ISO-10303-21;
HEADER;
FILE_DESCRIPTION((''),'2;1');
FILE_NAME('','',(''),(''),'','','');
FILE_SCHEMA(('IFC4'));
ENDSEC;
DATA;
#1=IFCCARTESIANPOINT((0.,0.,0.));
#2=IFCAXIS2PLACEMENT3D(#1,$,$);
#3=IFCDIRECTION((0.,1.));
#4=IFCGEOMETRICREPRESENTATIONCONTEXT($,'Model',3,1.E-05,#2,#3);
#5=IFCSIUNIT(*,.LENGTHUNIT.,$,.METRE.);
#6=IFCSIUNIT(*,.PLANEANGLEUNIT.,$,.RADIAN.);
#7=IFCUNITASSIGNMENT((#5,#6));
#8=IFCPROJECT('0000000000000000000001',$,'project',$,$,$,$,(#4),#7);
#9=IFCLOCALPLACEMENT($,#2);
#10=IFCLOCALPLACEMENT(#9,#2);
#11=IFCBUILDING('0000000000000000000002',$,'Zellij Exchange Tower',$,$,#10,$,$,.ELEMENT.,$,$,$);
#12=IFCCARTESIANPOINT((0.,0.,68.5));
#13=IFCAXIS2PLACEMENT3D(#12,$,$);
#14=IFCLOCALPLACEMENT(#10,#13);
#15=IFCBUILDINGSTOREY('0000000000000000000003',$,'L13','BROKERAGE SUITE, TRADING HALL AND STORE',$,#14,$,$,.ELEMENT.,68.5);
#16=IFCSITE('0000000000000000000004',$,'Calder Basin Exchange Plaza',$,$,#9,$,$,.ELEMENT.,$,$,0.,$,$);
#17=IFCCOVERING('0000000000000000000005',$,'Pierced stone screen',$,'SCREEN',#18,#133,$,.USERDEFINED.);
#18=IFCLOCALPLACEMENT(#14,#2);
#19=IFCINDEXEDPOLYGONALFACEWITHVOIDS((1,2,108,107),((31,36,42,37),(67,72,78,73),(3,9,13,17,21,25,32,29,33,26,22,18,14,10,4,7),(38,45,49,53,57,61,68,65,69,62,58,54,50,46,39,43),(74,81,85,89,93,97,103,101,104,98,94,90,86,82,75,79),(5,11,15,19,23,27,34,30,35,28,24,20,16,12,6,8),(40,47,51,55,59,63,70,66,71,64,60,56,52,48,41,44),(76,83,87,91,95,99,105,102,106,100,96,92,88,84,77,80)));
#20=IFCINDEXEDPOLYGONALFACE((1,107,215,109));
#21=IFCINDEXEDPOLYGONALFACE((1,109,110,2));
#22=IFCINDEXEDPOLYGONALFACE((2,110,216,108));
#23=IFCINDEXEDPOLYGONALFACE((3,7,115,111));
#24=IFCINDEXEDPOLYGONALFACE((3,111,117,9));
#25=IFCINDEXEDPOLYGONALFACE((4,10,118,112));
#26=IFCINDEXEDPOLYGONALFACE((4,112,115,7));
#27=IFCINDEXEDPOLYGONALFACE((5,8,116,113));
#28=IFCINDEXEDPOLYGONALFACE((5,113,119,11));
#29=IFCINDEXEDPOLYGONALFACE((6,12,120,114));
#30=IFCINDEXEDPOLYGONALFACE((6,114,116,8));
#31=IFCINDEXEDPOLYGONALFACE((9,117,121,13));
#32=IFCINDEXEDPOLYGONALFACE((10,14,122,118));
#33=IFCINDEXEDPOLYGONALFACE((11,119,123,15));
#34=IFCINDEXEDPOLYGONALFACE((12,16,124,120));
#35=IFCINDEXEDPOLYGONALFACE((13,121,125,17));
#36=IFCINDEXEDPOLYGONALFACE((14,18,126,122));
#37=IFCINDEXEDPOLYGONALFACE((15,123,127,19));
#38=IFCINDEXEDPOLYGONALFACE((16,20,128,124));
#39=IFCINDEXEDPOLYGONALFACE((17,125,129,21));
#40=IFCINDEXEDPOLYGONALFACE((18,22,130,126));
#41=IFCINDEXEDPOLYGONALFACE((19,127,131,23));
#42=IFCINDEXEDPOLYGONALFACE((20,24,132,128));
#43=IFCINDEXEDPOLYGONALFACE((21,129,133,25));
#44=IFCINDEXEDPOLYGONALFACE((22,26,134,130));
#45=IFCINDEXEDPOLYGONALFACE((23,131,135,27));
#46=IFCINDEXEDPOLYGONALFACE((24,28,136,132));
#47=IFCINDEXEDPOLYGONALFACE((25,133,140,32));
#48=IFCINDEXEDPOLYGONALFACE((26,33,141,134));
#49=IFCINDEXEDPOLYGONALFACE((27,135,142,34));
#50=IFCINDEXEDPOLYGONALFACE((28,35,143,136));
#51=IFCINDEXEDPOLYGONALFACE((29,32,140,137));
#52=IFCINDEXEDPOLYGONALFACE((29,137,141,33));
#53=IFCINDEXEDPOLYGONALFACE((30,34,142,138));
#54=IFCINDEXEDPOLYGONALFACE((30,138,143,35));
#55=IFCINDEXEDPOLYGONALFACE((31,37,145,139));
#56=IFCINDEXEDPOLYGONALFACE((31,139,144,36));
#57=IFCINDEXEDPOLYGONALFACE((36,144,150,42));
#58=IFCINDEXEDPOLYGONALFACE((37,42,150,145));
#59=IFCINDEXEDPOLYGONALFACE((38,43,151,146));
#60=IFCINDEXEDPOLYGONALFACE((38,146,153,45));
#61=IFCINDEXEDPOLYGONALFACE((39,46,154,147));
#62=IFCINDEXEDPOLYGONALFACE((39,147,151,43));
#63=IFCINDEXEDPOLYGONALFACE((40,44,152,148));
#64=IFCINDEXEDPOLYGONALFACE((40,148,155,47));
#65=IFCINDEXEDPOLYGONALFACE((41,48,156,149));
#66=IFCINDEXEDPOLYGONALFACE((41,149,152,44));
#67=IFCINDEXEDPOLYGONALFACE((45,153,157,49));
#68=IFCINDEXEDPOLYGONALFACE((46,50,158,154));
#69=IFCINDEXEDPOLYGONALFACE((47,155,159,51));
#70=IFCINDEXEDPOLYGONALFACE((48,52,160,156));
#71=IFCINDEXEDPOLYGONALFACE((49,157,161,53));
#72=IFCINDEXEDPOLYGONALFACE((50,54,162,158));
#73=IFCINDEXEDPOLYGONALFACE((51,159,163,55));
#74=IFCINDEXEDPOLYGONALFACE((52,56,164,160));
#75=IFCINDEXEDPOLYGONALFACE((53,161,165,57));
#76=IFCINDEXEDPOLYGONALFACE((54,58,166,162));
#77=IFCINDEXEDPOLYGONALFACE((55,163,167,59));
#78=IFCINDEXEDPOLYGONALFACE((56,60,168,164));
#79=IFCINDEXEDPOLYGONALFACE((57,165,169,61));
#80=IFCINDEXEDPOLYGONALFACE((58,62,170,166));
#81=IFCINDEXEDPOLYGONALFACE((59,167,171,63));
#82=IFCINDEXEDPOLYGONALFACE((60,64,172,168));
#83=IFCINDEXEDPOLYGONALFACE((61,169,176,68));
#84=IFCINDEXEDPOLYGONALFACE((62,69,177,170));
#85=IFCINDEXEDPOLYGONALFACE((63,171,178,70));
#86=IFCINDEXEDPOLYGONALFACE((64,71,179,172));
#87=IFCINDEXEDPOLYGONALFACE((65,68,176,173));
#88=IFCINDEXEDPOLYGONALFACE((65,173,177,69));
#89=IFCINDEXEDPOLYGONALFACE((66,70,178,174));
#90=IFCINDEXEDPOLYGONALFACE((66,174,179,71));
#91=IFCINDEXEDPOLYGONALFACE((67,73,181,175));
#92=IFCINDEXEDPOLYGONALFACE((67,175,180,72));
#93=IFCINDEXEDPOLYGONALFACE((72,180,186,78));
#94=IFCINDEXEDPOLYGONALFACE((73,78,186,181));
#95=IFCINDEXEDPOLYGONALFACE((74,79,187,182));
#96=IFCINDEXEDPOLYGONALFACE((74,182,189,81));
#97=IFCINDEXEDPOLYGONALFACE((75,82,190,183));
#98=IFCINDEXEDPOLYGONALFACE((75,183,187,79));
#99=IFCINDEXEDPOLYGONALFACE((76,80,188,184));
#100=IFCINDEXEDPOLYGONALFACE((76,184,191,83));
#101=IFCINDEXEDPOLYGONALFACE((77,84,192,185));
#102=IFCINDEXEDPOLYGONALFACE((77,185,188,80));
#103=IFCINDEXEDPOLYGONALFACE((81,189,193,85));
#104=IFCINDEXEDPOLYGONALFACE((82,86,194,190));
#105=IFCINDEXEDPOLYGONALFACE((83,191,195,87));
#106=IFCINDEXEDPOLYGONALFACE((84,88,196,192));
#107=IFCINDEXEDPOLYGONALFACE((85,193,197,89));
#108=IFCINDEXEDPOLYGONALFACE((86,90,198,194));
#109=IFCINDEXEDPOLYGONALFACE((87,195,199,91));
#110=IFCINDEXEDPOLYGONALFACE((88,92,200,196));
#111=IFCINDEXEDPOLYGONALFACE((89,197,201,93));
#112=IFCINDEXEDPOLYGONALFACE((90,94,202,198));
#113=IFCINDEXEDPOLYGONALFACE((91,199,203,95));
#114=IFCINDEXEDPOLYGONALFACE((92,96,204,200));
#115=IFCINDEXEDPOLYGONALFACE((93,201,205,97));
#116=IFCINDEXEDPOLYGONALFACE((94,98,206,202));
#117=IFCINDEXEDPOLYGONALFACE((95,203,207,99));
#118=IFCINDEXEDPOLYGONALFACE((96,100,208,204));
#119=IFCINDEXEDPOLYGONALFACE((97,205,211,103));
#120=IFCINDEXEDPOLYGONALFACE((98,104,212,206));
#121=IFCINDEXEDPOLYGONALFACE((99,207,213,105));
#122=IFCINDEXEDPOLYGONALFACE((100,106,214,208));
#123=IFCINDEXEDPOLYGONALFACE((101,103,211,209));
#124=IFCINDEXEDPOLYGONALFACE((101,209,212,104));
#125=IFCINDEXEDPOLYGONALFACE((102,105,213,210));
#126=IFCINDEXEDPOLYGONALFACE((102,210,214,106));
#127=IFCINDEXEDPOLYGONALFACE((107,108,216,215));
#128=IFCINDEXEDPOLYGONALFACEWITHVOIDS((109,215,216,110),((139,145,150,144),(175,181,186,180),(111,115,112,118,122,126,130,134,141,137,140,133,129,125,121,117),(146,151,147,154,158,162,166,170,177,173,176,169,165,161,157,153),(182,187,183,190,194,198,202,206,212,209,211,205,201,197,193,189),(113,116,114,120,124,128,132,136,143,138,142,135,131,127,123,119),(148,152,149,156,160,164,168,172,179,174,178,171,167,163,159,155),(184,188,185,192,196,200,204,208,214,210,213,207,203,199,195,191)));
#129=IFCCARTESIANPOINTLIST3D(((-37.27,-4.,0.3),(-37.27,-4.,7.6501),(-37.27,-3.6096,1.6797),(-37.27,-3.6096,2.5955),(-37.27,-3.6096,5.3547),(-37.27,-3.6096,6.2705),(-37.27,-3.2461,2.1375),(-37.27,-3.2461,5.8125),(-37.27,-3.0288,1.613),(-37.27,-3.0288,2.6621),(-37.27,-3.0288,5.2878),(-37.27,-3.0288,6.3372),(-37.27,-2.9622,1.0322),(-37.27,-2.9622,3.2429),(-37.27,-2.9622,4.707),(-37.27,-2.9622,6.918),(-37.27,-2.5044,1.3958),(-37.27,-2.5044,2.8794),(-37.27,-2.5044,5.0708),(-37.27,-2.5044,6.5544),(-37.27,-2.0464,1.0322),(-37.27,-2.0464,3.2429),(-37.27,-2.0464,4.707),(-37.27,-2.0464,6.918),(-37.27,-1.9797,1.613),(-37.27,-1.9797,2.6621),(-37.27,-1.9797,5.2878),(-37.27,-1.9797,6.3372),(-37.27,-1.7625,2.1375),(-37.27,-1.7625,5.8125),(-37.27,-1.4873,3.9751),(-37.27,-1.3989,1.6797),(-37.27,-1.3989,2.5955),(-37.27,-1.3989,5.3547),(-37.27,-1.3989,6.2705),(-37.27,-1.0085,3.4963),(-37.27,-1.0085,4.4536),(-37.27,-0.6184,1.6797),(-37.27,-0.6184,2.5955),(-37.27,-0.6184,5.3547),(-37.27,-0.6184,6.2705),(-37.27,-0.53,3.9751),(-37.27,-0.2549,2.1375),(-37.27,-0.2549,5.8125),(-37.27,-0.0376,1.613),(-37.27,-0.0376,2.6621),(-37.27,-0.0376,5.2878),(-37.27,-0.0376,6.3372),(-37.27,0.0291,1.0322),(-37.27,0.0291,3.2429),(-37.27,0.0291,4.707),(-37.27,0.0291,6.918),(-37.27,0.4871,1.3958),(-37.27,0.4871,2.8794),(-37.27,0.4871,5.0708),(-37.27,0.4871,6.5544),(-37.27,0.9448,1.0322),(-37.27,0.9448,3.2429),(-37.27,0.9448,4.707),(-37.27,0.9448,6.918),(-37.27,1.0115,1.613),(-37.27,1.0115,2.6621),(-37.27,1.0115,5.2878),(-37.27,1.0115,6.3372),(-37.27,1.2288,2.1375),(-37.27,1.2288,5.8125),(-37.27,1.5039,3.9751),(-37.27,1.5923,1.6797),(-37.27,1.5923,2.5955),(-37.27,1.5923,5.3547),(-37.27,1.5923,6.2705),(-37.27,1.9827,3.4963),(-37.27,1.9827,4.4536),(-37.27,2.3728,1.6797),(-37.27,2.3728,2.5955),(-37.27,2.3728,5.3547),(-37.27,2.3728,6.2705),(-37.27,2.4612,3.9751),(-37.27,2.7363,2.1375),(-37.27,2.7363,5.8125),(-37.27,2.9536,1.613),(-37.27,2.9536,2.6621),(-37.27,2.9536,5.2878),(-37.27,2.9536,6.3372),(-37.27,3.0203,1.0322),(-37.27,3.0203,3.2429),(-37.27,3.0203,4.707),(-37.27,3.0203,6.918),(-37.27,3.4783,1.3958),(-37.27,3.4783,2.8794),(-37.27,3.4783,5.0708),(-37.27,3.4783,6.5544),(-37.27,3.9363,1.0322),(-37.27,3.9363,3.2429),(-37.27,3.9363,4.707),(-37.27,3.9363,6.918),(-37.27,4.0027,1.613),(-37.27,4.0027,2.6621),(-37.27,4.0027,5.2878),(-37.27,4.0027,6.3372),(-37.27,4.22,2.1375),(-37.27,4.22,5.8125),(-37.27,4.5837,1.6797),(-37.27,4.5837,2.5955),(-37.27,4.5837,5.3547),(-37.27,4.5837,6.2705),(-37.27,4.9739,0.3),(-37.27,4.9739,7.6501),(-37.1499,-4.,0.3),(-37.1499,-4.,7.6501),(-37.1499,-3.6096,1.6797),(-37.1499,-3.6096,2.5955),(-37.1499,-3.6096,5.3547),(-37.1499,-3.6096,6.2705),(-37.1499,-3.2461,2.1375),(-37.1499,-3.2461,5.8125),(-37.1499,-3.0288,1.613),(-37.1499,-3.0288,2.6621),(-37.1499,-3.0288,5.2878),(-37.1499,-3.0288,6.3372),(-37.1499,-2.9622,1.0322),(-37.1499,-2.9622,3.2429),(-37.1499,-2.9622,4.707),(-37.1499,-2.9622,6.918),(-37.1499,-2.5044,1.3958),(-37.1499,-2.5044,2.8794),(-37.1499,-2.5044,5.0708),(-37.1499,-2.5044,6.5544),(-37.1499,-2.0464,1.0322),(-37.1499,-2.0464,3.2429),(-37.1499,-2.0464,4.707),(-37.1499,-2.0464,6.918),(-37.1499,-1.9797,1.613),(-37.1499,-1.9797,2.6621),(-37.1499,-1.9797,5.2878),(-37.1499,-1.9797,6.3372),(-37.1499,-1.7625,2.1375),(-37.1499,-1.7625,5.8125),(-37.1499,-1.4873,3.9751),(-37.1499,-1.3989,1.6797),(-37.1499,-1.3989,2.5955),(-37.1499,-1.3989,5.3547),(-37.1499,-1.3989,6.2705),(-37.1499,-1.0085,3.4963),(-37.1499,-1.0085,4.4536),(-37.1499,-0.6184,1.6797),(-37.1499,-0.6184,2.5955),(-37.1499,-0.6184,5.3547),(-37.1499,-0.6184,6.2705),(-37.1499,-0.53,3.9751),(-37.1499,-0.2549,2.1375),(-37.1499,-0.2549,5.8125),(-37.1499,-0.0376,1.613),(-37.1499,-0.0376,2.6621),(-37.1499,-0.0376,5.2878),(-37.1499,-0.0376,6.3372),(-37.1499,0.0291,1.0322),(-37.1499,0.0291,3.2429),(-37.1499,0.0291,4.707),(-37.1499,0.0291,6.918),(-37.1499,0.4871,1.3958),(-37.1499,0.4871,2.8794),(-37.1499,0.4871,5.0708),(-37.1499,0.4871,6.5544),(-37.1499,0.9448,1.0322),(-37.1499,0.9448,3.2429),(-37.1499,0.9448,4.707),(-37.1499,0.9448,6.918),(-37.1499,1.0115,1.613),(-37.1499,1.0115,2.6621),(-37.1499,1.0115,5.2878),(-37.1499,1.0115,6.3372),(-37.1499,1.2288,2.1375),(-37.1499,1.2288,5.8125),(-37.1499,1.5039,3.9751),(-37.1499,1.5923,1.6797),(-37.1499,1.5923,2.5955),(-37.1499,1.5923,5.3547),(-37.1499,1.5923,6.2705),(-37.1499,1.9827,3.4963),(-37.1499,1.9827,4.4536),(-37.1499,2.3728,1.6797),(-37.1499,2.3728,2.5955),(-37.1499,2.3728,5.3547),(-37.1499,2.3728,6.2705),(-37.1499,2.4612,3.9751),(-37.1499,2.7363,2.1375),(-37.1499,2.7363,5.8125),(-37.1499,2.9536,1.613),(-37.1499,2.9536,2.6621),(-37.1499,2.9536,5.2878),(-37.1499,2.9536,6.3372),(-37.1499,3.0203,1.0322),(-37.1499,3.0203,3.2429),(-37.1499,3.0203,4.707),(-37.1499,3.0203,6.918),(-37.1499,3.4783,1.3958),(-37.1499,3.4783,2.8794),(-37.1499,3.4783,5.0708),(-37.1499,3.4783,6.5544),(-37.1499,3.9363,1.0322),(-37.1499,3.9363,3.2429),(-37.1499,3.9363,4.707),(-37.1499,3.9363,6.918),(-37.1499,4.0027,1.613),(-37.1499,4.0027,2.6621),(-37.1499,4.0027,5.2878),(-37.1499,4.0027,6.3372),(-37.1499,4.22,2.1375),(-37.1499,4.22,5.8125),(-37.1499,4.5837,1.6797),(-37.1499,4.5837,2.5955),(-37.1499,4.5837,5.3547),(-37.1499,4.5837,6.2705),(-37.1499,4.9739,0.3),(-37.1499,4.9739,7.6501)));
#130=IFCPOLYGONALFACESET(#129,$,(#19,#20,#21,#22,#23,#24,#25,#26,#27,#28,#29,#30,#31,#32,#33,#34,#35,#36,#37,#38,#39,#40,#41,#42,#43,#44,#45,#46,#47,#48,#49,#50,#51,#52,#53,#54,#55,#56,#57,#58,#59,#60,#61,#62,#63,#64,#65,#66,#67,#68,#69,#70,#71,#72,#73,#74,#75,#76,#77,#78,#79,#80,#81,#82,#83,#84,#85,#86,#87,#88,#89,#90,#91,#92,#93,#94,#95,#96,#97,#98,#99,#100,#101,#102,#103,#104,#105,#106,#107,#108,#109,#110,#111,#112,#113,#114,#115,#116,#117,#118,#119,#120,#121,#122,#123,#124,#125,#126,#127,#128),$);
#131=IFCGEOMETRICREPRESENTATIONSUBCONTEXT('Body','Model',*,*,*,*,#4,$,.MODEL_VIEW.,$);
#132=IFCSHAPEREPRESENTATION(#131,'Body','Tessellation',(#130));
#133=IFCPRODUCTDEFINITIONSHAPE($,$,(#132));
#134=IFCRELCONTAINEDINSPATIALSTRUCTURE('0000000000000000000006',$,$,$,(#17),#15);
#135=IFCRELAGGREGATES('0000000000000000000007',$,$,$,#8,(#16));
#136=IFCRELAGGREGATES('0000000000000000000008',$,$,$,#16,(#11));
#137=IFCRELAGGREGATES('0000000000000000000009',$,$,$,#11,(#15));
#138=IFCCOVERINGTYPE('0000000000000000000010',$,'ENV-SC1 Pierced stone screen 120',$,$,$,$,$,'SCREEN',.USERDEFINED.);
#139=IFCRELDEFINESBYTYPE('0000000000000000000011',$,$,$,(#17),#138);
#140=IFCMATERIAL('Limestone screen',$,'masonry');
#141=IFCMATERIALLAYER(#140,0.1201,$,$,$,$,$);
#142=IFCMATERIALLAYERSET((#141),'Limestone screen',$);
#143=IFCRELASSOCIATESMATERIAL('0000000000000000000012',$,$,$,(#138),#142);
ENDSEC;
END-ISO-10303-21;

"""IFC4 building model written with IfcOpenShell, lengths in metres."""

from ifc_helpers import new_model, si_unit, direction, frame, origin, place, context, subcontext, project, spatial, polyline, outline, extrude, material, layer, layer_set, type_object, element, save


model = new_model("IFC4")

# Units and contexts
model_context = context("Model", 3, precision=1e-05, world=origin(), true_north=direction((0.0, 1.0)))
body_context = subcontext(model_context, "Body", "Model", "MODEL_VIEW")
ifc_project = project(units=[si_unit("LENGTHUNIT", "METRE"), si_unit("PLANEANGLEUNIT", "RADIAN")], contexts=[model_context])

# Site, building, storey
site_placement = place(None, origin())
site = spatial("IfcSite", under=ifc_project, at=site_placement, Name="Calder Basin Exchange Plaza", CompositionType="ELEMENT", RefElevation=0.0)
building_placement = place(site_placement, origin())
building = spatial("IfcBuilding", under=site, at=building_placement, Name="Zellij Exchange Tower", CompositionType="ELEMENT")
storey_placement = place(building_placement, frame((0.0, 0.0, 68.5)))
storey = spatial("IfcBuildingStorey", under=building, at=storey_placement, Name="L13", Description="BROKERAGE SUITE, TRADING HALL AND STORE", CompositionType="ELEMENT", Elevation=68.5)

# Covering
ifc_material_1 = material(Name="Limestone screen", Category="masonry")
ifc_layer_1 = layer(ifc_material_1, 0.1201)
ifc_layer_set_1 = layer_set([ifc_layer_1], Name="Limestone screen")
covering_type = type_object("IfcCoveringType", Name="ENV-SC1 Pierced stone screen 120", ElementType="SCREEN", PredefinedType="USERDEFINED", material=ifc_layer_set_1)
covering_1_placement = place(storey_placement, frame((-37.21, 4.9739, 0.3), z_axis=(0.0, 0.0, 1.0), x_axis=(0.0, -1.0, 0.0)))
element("IfcCovering", 1, at=covering_1_placement, inside=storey, type_object=covering_type, Name="Pierced stone screen", ObjectType="SCREEN", PredefinedType="USERDEFINED", context=body_context, shape_type="SweptSolid", body=[
    extrude(outline(polyline([(0.0, 0.0), (8.9739, 0.0), (8.9739, 7.3501), (0.0, 7.3501), (0.0, 0.0)]), holes=[polyline([(2.6011, 2.2954), (2.0203, 2.3621), (1.9536, 2.9429), (1.4956, 2.5793), (1.0376, 2.9429), (0.9712, 2.3621), (0.3901, 2.2954), (0.7539, 1.8374), (0.3901, 1.3796), (0.9712, 1.313), (1.0376, 0.7322), (1.4956, 1.0957), (1.9536, 0.7322), (2.0203, 1.313), (2.6011, 1.3796), (2.2375, 1.8374), (2.6011, 2.2954)]), polyline([(2.6011, 5.9705), (2.0203, 6.0371), (1.9536, 6.6179), (1.4956, 6.2544), (1.0376, 6.6179), (0.9712, 6.0371), (0.3901, 5.9705), (0.7539, 5.5125), (0.3901, 5.0547), (0.9712, 4.9878), (1.0376, 4.407), (1.4956, 4.7708), (1.9536, 4.407), (2.0203, 4.9878), (2.6011, 5.0547), (2.2375, 5.5125), (2.6011, 5.9705)]), polyline([(5.5923, 2.2954), (5.0115, 2.3621), (4.9448, 2.9429), (4.4868, 2.5793), (4.0291, 2.9429), (3.9624, 2.3621), (3.3816, 2.2954), (3.7451, 1.8374), (3.3816, 1.3796), (3.9624, 1.313), (4.0291, 0.7322), (4.4868, 1.0957), (4.9448, 0.7322), (5.0115, 1.313), (5.5923, 1.3796), (5.2288, 1.8374), (5.5923, 2.2954)]), polyline([(5.5923, 5.9705), (5.0115, 6.0371), (4.9448, 6.6179), (4.4868, 6.2544), (4.0291, 6.6179), (3.9624, 6.0371), (3.3816, 5.9705), (3.7451, 5.5125), (3.3816, 5.0547), (3.9624, 4.9878), (4.0291, 4.407), (4.4868, 4.7708), (4.9448, 4.407), (5.0115, 4.9878), (5.5923, 5.0547), (5.2288, 5.5125), (5.5923, 5.9705)]), polyline([(8.5835, 2.2954), (8.0027, 2.3621), (7.936, 2.9429), (7.4783, 2.5793), (7.0203, 2.9429), (6.9536, 2.3621), (6.3728, 2.2954), (6.7363, 1.8374), (6.3728, 1.3796), (6.9536, 1.313), (7.0203, 0.7322), (7.4783, 1.0957), (7.936, 0.7322), (8.0027, 1.313), (8.5835, 1.3796), (8.22, 1.8374), (8.5835, 2.2954)]), polyline([(8.5835, 5.9705), (8.0027, 6.0371), (7.936, 6.6179), (7.4783, 6.2544), (7.0203, 6.6179), (6.9536, 6.0371), (6.3728, 5.9705), (6.7363, 5.5125), (6.3728, 5.0547), (6.9536, 4.9878), (7.0203, 4.407), (7.4783, 4.7708), (7.936, 4.407), (8.0027, 4.9878), (8.5835, 5.0547), (8.22, 5.5125), (8.5835, 5.9705)]), polyline([(3.47, 3.675), (2.9912, 4.1536), (2.5127, 3.675), (2.9912, 3.1963), (3.47, 3.675)]), polyline([(6.4612, 3.675), (5.9824, 4.1536), (5.5039, 3.675), (5.9824, 3.1963), (6.4612, 3.675)])]), frame((0.0, 0.0601, 0.0), z_axis=(0.0, -1.0, 0.0), x_axis=(1.0, 0.0, 0.0)), (0.0, 0.0, 1.0), 0.1201),
])

save(model, "model.ifc")
